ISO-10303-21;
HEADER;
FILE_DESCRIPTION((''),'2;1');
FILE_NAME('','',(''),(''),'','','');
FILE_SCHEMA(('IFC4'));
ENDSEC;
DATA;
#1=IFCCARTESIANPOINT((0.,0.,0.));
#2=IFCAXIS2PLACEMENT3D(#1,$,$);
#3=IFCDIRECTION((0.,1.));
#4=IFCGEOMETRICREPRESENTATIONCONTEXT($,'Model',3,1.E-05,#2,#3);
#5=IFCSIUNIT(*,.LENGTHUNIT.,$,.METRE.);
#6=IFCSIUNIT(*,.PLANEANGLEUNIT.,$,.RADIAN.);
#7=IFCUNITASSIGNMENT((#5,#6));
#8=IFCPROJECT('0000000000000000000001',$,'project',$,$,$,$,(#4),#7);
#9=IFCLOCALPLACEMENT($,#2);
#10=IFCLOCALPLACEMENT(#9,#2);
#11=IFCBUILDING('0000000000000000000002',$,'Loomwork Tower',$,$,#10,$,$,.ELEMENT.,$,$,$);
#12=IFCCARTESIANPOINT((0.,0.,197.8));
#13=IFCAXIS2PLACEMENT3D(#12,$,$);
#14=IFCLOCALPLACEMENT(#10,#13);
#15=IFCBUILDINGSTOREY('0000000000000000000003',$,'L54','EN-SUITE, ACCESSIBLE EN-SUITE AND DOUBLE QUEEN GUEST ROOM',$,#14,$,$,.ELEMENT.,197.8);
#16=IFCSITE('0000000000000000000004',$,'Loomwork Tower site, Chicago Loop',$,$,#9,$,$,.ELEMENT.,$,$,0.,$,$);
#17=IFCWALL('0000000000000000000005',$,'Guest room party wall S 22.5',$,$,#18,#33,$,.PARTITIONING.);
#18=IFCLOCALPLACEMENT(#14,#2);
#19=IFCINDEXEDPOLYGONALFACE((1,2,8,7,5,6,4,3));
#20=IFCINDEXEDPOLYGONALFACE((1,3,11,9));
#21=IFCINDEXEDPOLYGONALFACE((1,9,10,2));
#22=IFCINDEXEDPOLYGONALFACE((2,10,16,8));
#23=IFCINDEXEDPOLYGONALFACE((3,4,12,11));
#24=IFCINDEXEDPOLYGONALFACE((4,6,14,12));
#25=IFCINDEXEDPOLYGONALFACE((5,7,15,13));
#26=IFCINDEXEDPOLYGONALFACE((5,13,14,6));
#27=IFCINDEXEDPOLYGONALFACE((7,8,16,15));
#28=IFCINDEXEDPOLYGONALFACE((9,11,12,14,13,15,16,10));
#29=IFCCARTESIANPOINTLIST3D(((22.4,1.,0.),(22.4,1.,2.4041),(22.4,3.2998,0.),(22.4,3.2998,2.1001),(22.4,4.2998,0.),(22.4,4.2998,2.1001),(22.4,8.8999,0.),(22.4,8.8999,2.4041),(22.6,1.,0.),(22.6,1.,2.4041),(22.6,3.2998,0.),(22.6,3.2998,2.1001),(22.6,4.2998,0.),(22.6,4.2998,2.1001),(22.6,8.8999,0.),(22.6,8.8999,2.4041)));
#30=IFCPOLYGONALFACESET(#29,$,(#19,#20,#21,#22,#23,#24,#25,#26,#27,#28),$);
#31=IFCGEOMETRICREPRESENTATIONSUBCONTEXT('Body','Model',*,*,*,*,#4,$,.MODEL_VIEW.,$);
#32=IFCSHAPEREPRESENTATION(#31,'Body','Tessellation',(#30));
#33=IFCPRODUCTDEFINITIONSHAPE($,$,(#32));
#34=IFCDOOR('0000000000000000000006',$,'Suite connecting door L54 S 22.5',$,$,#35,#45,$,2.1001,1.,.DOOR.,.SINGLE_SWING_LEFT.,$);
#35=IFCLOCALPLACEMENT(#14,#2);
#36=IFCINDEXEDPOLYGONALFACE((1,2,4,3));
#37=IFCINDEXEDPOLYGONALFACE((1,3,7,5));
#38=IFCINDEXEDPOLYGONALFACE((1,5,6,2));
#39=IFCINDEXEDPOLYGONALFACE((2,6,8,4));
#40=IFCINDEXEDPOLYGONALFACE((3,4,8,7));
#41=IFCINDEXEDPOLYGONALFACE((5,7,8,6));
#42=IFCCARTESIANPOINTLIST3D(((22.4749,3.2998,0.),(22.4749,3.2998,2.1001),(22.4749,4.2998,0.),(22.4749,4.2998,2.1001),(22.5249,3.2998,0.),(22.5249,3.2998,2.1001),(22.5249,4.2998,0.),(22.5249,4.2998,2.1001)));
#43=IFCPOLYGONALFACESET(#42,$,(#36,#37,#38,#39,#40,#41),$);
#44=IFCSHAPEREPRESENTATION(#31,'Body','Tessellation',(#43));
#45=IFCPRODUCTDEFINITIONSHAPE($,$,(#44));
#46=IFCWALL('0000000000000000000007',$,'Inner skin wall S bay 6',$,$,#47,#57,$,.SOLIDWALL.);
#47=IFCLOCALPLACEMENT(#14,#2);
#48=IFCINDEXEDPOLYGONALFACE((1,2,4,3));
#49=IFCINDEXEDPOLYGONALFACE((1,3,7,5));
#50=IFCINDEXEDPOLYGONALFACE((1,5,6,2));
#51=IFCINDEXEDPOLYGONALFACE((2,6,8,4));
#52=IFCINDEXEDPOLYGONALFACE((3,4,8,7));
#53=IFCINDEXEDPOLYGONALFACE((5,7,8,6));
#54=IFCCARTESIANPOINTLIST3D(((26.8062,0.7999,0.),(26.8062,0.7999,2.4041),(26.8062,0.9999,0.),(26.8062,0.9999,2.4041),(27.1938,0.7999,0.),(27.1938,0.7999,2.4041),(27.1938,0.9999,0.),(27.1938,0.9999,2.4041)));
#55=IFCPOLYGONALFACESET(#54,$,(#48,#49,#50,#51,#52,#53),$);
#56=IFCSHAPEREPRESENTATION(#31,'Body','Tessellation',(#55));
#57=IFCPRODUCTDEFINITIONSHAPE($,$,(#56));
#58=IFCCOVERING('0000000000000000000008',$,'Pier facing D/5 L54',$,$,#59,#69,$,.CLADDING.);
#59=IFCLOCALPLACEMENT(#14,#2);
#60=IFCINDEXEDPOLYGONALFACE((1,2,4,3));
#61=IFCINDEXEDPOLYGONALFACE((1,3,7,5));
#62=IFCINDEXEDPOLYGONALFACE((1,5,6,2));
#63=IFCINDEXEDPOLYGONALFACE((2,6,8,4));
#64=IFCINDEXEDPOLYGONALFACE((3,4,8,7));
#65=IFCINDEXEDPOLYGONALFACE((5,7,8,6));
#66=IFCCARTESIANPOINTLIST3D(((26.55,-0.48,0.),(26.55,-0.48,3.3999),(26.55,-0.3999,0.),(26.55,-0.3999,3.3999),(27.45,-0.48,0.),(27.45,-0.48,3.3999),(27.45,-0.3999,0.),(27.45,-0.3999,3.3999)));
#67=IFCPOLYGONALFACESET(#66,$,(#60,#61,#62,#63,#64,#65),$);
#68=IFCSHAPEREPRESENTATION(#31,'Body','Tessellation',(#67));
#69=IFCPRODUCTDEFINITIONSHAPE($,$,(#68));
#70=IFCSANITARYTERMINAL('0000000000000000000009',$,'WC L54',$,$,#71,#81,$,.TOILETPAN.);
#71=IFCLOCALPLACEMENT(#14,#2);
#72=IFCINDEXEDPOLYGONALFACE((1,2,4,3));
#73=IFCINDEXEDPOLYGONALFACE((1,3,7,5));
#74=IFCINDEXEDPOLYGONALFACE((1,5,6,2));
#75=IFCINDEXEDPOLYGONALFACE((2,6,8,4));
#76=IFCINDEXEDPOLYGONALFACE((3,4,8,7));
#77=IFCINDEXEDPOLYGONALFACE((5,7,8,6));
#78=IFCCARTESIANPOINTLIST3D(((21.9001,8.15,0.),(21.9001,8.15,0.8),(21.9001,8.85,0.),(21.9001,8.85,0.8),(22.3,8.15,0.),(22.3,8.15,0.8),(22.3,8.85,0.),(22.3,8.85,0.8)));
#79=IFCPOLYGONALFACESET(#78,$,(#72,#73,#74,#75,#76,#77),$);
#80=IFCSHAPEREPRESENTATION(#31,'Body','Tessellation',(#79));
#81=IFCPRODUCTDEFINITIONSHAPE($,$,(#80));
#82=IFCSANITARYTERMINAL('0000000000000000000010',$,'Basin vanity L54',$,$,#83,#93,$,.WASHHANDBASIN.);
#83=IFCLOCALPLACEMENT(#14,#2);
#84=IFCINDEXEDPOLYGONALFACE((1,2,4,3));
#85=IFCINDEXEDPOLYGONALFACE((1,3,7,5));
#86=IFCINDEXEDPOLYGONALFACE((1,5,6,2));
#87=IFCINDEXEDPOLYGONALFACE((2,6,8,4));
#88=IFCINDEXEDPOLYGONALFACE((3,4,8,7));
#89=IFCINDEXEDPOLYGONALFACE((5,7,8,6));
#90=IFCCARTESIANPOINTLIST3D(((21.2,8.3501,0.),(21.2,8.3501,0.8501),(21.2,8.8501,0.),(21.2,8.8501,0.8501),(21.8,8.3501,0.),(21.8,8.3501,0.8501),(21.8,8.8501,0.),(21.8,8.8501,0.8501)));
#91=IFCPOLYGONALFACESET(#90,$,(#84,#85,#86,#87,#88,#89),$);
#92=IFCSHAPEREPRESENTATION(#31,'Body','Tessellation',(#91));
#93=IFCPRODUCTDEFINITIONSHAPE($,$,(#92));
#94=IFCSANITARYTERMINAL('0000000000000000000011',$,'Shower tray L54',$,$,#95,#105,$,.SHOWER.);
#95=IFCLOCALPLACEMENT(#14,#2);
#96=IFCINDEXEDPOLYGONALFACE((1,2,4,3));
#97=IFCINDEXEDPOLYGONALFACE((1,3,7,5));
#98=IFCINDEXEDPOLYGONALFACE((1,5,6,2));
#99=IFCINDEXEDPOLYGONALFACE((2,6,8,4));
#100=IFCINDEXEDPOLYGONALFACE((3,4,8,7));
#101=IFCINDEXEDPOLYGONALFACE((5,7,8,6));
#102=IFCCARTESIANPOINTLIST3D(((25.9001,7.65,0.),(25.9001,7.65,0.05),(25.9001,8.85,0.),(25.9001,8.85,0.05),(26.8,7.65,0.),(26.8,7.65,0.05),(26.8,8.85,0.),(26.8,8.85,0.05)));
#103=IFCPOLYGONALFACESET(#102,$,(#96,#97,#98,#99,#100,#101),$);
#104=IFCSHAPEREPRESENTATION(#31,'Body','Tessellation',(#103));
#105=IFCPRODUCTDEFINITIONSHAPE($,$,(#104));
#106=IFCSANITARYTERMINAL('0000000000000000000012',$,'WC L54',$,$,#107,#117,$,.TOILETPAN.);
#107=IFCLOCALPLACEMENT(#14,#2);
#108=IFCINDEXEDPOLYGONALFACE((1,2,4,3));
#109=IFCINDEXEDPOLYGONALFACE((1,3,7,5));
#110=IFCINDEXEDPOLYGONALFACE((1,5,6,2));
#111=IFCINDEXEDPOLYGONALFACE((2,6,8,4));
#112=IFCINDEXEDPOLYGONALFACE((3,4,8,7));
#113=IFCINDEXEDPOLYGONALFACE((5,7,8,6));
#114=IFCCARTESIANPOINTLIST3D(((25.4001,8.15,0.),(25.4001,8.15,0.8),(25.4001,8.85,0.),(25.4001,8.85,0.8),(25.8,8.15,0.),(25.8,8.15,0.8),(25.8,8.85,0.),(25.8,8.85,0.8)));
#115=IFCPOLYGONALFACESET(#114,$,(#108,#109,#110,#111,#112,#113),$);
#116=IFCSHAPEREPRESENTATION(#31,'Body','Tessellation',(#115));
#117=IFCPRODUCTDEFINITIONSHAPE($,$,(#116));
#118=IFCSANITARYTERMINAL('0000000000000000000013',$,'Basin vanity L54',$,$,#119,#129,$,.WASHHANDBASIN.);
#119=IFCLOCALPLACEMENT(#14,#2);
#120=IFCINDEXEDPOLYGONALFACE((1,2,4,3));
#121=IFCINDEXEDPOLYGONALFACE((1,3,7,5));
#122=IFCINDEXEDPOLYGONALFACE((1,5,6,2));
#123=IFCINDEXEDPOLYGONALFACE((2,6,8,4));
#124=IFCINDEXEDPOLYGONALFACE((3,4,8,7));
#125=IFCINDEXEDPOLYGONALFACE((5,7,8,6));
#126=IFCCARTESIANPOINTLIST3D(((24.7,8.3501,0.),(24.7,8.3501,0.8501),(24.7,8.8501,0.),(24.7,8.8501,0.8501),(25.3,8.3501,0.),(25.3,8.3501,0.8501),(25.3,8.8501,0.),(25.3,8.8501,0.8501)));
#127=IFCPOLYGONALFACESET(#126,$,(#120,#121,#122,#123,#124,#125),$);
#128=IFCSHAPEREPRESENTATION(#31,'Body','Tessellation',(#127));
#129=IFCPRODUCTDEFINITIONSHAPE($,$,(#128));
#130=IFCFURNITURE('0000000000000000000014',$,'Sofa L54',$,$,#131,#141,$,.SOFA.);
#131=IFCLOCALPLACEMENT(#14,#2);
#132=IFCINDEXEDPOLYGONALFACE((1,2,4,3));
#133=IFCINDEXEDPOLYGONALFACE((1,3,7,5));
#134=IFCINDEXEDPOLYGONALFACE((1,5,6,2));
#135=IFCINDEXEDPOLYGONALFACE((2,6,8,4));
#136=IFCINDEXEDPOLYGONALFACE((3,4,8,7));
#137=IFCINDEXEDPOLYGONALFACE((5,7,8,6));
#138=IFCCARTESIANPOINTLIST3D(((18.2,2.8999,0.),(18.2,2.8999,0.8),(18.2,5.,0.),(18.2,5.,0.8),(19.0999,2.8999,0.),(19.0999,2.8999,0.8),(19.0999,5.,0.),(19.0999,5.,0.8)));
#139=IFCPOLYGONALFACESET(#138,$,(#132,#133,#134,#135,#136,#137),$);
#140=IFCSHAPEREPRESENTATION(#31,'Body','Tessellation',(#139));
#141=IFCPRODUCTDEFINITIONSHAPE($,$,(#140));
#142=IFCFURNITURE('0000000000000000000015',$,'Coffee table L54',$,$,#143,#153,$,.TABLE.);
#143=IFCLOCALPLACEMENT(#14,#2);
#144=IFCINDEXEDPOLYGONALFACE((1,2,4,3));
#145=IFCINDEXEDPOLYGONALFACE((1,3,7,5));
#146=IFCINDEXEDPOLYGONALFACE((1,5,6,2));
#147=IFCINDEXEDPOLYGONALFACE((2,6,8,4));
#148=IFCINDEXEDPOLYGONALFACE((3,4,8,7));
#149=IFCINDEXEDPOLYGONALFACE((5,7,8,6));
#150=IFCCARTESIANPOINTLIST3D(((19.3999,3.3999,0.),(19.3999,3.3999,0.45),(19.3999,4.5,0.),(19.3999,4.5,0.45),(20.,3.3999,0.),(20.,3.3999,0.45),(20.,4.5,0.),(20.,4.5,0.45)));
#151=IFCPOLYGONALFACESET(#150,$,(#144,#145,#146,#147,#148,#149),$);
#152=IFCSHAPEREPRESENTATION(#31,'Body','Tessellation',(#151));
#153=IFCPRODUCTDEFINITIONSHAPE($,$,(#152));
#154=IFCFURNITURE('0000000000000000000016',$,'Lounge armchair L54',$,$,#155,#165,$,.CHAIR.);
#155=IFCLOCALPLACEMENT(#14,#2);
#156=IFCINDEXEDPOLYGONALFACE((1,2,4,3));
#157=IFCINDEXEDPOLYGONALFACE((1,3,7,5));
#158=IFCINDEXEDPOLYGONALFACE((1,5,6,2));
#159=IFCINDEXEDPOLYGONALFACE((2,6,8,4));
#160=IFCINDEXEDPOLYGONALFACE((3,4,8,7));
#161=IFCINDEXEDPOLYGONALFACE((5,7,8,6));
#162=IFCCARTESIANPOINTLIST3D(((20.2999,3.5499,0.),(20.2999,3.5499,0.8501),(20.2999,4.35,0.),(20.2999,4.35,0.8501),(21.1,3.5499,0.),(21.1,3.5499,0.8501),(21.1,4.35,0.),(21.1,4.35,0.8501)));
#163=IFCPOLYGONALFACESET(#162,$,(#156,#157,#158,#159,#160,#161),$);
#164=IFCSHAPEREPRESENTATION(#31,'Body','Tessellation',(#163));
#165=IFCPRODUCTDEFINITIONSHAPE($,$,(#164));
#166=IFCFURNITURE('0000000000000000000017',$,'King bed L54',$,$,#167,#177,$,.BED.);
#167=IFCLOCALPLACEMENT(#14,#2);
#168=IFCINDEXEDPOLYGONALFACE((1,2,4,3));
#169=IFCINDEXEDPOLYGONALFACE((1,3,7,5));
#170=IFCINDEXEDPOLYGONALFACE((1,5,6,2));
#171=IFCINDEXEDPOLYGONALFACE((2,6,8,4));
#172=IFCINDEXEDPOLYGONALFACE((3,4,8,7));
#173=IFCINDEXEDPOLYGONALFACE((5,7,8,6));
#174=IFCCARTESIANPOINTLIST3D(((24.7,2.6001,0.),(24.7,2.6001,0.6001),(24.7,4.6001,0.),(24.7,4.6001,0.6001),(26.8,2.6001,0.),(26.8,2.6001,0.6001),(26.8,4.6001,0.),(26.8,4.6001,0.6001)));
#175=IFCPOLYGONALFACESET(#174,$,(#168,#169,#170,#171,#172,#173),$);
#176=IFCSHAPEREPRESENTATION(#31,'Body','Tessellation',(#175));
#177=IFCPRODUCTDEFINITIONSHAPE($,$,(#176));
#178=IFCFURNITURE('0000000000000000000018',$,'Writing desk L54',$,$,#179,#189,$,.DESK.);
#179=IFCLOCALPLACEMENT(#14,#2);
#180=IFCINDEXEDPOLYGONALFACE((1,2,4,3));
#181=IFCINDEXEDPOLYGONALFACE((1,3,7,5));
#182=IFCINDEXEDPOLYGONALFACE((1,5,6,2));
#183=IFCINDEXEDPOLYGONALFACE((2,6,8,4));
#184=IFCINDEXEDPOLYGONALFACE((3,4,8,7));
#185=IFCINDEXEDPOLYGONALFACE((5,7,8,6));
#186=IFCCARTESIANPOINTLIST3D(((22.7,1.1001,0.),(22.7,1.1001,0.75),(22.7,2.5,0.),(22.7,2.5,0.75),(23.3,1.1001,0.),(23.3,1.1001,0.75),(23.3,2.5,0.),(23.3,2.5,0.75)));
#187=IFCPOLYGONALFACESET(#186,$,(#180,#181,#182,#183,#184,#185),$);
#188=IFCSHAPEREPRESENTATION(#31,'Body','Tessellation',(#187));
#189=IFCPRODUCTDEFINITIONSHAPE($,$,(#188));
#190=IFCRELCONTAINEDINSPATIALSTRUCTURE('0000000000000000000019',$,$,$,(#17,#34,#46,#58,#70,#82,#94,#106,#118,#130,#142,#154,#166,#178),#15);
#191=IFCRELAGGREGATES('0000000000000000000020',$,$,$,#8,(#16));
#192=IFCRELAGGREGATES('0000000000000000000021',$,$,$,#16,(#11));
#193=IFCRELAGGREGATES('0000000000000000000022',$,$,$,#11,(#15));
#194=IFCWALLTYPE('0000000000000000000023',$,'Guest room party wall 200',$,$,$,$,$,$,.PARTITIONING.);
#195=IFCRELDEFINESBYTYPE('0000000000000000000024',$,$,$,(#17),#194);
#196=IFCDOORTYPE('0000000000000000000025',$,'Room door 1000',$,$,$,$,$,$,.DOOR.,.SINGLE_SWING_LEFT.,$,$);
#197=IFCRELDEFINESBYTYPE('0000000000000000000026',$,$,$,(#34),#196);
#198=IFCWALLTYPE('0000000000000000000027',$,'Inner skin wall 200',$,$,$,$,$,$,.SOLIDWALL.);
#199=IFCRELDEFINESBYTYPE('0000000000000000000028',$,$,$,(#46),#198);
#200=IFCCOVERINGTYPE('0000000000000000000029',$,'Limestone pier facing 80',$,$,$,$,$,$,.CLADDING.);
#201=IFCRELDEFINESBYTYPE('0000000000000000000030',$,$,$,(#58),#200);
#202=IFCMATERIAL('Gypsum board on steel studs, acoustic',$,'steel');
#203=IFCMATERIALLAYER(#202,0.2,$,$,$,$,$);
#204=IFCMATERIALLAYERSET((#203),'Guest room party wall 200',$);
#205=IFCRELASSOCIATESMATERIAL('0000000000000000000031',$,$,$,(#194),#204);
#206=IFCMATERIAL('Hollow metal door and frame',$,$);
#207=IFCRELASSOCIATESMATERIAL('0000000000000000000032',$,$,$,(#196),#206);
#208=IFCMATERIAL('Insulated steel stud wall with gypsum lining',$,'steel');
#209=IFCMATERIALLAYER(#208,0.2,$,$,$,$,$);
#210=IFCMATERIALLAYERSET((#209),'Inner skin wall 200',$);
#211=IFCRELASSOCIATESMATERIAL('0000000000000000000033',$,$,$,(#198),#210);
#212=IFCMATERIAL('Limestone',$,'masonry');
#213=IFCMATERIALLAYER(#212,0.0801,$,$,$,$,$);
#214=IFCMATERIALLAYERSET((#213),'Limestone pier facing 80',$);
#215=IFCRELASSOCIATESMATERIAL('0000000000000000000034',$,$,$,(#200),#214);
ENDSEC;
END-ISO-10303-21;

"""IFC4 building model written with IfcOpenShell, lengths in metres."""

from ifc_helpers import new_model, si_unit, direction, frame, frame_2d, origin, origin_2d, place, context, subcontext, project, spatial, rectangle, extrude, material, layer, layer_set, type_object, element, fill, save


model = new_model("IFC4")

# Units and contexts
model_context = context("Model", 3, precision=1e-05, world=origin(), true_north=direction((0.0, 1.0)))
body_context = subcontext(model_context, "Body", "Model", "MODEL_VIEW")
ifc_project = project(units=[si_unit("LENGTHUNIT", "METRE"), si_unit("PLANEANGLEUNIT", "RADIAN")], contexts=[model_context])

# Site, building, storey
site_placement = place(None, origin())
site = spatial("IfcSite", under=ifc_project, at=site_placement, Name="Loomwork Tower site, Chicago Loop", CompositionType="ELEMENT", RefElevation=0.0)
building_placement = place(site_placement, origin())
building = spatial("IfcBuilding", under=site, at=building_placement, Name="Loomwork Tower", CompositionType="ELEMENT")
storey_placement = place(building_placement, frame((0.0, 0.0, 197.8)))
storey = spatial("IfcBuildingStorey", under=building, at=storey_placement, Name="L54", Description="EN-SUITE, ACCESSIBLE EN-SUITE AND DOUBLE QUEEN GUEST ROOM", CompositionType="ELEMENT", Elevation=197.8)

# Wall, opening, door
ifc_material_1 = material(Name="Gypsum board on steel studs, acoustic", Category="steel")
ifc_layer_1 = layer(ifc_material_1, 0.2)
ifc_layer_set_1 = layer_set([ifc_layer_1], Name="Guest room party wall 200")
wall_type_1 = type_object("IfcWallType", Name="Guest room party wall 200", PredefinedType="PARTITIONING", material=ifc_layer_set_1)
wall_1_placement = place(storey_placement, frame((22.5, 8.8999, 0.0), z_axis=(0.0, 0.0, 1.0), x_axis=(0.0, -1.0, 0.0)))
wall_1 = element("IfcWall", 1, at=wall_1_placement, inside=storey, type_object=wall_type_1, Name="Guest room party wall S 22.5", PredefinedType="PARTITIONING", context=body_context, shape_type="SweptSolid", body=[
    extrude(rectangle(XDim=7.8999, YDim=0.2, at=frame_2d((3.95, 0.0))), origin(), (0.0, 0.0, 1.0), 2.4041),
])
opening_1_placement = place(wall_1_placement, frame((4.6001, 0.0, 0.0)))
opening_1 = element("IfcOpeningElement", 2, at=opening_1_placement, cuts=wall_1, PredefinedType="OPENING", context=body_context, shape_type="SweptSolid", body=[
    extrude(rectangle(XDim=1.0, YDim=2.1001, at=frame_2d((0.5, 1.05))), frame((0.0, 0.1099, 0.0), z_axis=(0.0, -1.0, 0.0), x_axis=(1.0, 0.0, 0.0)), (0.0, 0.0, 1.0), 0.22),
])
ifc_material_2 = material(Name="Hollow metal door and frame")
door_type_1 = type_object("IfcDoorType", Name="Room door 1000", OperationType="SINGLE_SWING_LEFT", PredefinedType="DOOR", material=ifc_material_2)
door_1_placement = place(opening_1_placement, origin())
door_1 = element("IfcDoor", 3, at=door_1_placement, inside=storey, type_object=door_type_1, Name="Suite connecting door L54 S 22.5", OperationType="SINGLE_SWING_LEFT", OverallHeight=2.1001, OverallWidth=1.0, PredefinedType="DOOR", context=body_context, shape_type="SweptSolid", body=[
    extrude(rectangle(XDim=1.0, YDim=2.1001, at=frame_2d((0.5, 1.05))), frame((0.0, 0.0249, 0.0), z_axis=(0.0, -1.0, 0.0), x_axis=(1.0, 0.0, 0.0)), (0.0, 0.0, 1.0), 0.05),
])
fill(opening_1, door_1)

# Wall
ifc_material_3 = material(Name="Insulated steel stud wall with gypsum lining", Category="steel")
ifc_layer_2 = layer(ifc_material_3, 0.2)
ifc_layer_set_2 = layer_set([ifc_layer_2], Name="Inner skin wall 200")
wall_type_2 = type_object("IfcWallType", Name="Inner skin wall 200", PredefinedType="SOLIDWALL", material=ifc_layer_set_2)
wall_2_placement = place(storey_placement, frame((26.8062, 0.8999, 0.0), z_axis=(0.0, 0.0, 1.0), x_axis=(1.0, 0.0, 0.0)))
element("IfcWall", 4, at=wall_2_placement, inside=storey, type_object=wall_type_2, Name="Inner skin wall S bay 6", PredefinedType="SOLIDWALL", context=body_context, shape_type="SweptSolid", body=[
    extrude(rectangle(XDim=0.3877, YDim=0.2, at=frame_2d((0.1938, 0.0))), origin(), (0.0, 0.0, 1.0), 2.4041),
])

# Covering
ifc_material_4 = material(Name="Limestone", Category="masonry")
ifc_layer_3 = layer(ifc_material_4, 0.0801)
ifc_layer_set_3 = layer_set([ifc_layer_3], Name="Limestone pier facing 80")
covering_type = type_object("IfcCoveringType", Name="Limestone pier facing 80", PredefinedType="CLADDING", material=ifc_layer_set_3)
covering_placement = place(storey_placement, frame((27.0, -0.4399, 0.0), z_axis=(0.0, 0.0, 1.0), x_axis=(1.0, 0.0, 0.0)))
element("IfcCovering", 5, at=covering_placement, inside=storey, type_object=covering_type, Name="Pier facing D/5 L54", PredefinedType="CLADDING", context=body_context, shape_type="SweptSolid", body=[
    extrude(rectangle(XDim=0.8999, YDim=0.0801, at=origin_2d()), origin(), (0.0, 0.0, 1.0), 3.3999),
])

# Sanitary terminals
sanitary_terminal_1_placement = place(storey_placement, frame((22.1001, 8.5, 0.0), z_axis=(0.0, 0.0, 1.0), x_axis=(1.0, 0.0, 0.0)))
element("IfcSanitaryTerminal", 6, at=sanitary_terminal_1_placement, inside=storey, Name="WC L54", PredefinedType="TOILETPAN", context=body_context, shape_type="SweptSolid", body=[
    extrude(rectangle(XDim=0.3999, YDim=0.7, at=origin_2d()), origin(), (0.0, 0.0, 1.0), 0.8),
])
sanitary_terminal_2_placement = place(storey_placement, frame((21.5, 8.6001, 0.0), z_axis=(0.0, 0.0, 1.0), x_axis=(1.0, 0.0, 0.0)))
element("IfcSanitaryTerminal", 7, at=sanitary_terminal_2_placement, inside=storey, Name="Basin vanity L54", PredefinedType="WASHHANDBASIN", context=body_context, shape_type="SweptSolid", body=[
    extrude(rectangle(XDim=0.6001, YDim=0.5, at=origin_2d()), origin(), (0.0, 0.0, 1.0), 0.8501),
])
sanitary_terminal_3_placement = place(storey_placement, frame((26.3501, 8.25, 0.0), z_axis=(0.0, 0.0, 1.0), x_axis=(1.0, 0.0, 0.0)))
element("IfcSanitaryTerminal", 8, at=sanitary_terminal_3_placement, inside=storey, Name="Shower tray L54", PredefinedType="SHOWER", context=body_context, shape_type="SweptSolid", body=[
    extrude(rectangle(XDim=0.8999, YDim=1.2, at=origin_2d()), origin(), (0.0, 0.0, 1.0), 0.05),
])
sanitary_terminal_4_placement = place(storey_placement, frame((25.6001, 8.5, 0.0), z_axis=(0.0, 0.0, 1.0), x_axis=(1.0, 0.0, 0.0)))
element("IfcSanitaryTerminal", 9, at=sanitary_terminal_4_placement, inside=storey, Name="WC L54", PredefinedType="TOILETPAN", context=body_context, shape_type="SweptSolid", body=[
    extrude(rectangle(XDim=0.3999, YDim=0.7, at=origin_2d()), origin(), (0.0, 0.0, 1.0), 0.8),
])
sanitary_terminal_5_placement = place(storey_placement, frame((25.0, 8.6001, 0.0), z_axis=(0.0, 0.0, 1.0), x_axis=(1.0, 0.0, 0.0)))
element("IfcSanitaryTerminal", 10, at=sanitary_terminal_5_placement, inside=storey, Name="Basin vanity L54", PredefinedType="WASHHANDBASIN", context=body_context, shape_type="SweptSolid", body=[
    extrude(rectangle(XDim=0.6001, YDim=0.5, at=origin_2d()), origin(), (0.0, 0.0, 1.0), 0.8501),
])

# Furniture
furniture_1_placement = place(storey_placement, frame((18.6499, 3.95, 0.0), z_axis=(0.0, 0.0, 1.0), x_axis=(1.0, 0.0, 0.0)))
element("IfcFurniture", 11, at=furniture_1_placement, inside=storey, Name="Sofa L54", PredefinedType="SOFA", context=body_context, shape_type="SweptSolid", body=[
    extrude(rectangle(XDim=0.8999, YDim=2.1001, at=origin_2d()), origin(), (0.0, 0.0, 1.0), 0.8),
])
furniture_2_placement = place(storey_placement, frame((19.7, 3.95, 0.0), z_axis=(0.0, 0.0, 1.0), x_axis=(1.0, 0.0, 0.0)))
element("IfcFurniture", 12, at=furniture_2_placement, inside=storey, Name="Coffee table L54", PredefinedType="TABLE", context=body_context, shape_type="SweptSolid", body=[
    extrude(rectangle(XDim=0.6001, YDim=1.1001, at=origin_2d()), origin(), (0.0, 0.0, 1.0), 0.45),
])
furniture_3_placement = place(storey_placement, frame((20.7, 3.95, 0.0), z_axis=(0.0, 0.0, 1.0), x_axis=(1.0, 0.0, 0.0)))
element("IfcFurniture", 13, at=furniture_3_placement, inside=storey, Name="Lounge armchair L54", PredefinedType="CHAIR", context=body_context, shape_type="SweptSolid", body=[
    extrude(rectangle(XDim=0.8, YDim=0.8, at=origin_2d()), origin(), (0.0, 0.0, 1.0), 0.8501),
])
furniture_4_placement = place(storey_placement, frame((25.75, 3.6001, 0.0), z_axis=(0.0, 0.0, 1.0), x_axis=(1.0, 0.0, 0.0)))
element("IfcFurniture", 14, at=furniture_4_placement, inside=storey, Name="King bed L54", PredefinedType="BED", context=body_context, shape_type="SweptSolid", body=[
    extrude(rectangle(XDim=2.1001, YDim=2.0, at=origin_2d()), origin(), (0.0, 0.0, 1.0), 0.6001),
])
furniture_5_placement = place(storey_placement, frame((23.0, 1.8, 0.0), z_axis=(0.0, 0.0, 1.0), x_axis=(1.0, 0.0, 0.0)))
element("IfcFurniture", 15, at=furniture_5_placement, inside=storey, Name="Writing desk L54", PredefinedType="DESK", context=body_context, shape_type="SweptSolid", body=[
    extrude(rectangle(XDim=0.6001, YDim=1.3999, at=origin_2d()), origin(), (0.0, 0.0, 1.0), 0.75),
])

save(model, "model.ifc")
